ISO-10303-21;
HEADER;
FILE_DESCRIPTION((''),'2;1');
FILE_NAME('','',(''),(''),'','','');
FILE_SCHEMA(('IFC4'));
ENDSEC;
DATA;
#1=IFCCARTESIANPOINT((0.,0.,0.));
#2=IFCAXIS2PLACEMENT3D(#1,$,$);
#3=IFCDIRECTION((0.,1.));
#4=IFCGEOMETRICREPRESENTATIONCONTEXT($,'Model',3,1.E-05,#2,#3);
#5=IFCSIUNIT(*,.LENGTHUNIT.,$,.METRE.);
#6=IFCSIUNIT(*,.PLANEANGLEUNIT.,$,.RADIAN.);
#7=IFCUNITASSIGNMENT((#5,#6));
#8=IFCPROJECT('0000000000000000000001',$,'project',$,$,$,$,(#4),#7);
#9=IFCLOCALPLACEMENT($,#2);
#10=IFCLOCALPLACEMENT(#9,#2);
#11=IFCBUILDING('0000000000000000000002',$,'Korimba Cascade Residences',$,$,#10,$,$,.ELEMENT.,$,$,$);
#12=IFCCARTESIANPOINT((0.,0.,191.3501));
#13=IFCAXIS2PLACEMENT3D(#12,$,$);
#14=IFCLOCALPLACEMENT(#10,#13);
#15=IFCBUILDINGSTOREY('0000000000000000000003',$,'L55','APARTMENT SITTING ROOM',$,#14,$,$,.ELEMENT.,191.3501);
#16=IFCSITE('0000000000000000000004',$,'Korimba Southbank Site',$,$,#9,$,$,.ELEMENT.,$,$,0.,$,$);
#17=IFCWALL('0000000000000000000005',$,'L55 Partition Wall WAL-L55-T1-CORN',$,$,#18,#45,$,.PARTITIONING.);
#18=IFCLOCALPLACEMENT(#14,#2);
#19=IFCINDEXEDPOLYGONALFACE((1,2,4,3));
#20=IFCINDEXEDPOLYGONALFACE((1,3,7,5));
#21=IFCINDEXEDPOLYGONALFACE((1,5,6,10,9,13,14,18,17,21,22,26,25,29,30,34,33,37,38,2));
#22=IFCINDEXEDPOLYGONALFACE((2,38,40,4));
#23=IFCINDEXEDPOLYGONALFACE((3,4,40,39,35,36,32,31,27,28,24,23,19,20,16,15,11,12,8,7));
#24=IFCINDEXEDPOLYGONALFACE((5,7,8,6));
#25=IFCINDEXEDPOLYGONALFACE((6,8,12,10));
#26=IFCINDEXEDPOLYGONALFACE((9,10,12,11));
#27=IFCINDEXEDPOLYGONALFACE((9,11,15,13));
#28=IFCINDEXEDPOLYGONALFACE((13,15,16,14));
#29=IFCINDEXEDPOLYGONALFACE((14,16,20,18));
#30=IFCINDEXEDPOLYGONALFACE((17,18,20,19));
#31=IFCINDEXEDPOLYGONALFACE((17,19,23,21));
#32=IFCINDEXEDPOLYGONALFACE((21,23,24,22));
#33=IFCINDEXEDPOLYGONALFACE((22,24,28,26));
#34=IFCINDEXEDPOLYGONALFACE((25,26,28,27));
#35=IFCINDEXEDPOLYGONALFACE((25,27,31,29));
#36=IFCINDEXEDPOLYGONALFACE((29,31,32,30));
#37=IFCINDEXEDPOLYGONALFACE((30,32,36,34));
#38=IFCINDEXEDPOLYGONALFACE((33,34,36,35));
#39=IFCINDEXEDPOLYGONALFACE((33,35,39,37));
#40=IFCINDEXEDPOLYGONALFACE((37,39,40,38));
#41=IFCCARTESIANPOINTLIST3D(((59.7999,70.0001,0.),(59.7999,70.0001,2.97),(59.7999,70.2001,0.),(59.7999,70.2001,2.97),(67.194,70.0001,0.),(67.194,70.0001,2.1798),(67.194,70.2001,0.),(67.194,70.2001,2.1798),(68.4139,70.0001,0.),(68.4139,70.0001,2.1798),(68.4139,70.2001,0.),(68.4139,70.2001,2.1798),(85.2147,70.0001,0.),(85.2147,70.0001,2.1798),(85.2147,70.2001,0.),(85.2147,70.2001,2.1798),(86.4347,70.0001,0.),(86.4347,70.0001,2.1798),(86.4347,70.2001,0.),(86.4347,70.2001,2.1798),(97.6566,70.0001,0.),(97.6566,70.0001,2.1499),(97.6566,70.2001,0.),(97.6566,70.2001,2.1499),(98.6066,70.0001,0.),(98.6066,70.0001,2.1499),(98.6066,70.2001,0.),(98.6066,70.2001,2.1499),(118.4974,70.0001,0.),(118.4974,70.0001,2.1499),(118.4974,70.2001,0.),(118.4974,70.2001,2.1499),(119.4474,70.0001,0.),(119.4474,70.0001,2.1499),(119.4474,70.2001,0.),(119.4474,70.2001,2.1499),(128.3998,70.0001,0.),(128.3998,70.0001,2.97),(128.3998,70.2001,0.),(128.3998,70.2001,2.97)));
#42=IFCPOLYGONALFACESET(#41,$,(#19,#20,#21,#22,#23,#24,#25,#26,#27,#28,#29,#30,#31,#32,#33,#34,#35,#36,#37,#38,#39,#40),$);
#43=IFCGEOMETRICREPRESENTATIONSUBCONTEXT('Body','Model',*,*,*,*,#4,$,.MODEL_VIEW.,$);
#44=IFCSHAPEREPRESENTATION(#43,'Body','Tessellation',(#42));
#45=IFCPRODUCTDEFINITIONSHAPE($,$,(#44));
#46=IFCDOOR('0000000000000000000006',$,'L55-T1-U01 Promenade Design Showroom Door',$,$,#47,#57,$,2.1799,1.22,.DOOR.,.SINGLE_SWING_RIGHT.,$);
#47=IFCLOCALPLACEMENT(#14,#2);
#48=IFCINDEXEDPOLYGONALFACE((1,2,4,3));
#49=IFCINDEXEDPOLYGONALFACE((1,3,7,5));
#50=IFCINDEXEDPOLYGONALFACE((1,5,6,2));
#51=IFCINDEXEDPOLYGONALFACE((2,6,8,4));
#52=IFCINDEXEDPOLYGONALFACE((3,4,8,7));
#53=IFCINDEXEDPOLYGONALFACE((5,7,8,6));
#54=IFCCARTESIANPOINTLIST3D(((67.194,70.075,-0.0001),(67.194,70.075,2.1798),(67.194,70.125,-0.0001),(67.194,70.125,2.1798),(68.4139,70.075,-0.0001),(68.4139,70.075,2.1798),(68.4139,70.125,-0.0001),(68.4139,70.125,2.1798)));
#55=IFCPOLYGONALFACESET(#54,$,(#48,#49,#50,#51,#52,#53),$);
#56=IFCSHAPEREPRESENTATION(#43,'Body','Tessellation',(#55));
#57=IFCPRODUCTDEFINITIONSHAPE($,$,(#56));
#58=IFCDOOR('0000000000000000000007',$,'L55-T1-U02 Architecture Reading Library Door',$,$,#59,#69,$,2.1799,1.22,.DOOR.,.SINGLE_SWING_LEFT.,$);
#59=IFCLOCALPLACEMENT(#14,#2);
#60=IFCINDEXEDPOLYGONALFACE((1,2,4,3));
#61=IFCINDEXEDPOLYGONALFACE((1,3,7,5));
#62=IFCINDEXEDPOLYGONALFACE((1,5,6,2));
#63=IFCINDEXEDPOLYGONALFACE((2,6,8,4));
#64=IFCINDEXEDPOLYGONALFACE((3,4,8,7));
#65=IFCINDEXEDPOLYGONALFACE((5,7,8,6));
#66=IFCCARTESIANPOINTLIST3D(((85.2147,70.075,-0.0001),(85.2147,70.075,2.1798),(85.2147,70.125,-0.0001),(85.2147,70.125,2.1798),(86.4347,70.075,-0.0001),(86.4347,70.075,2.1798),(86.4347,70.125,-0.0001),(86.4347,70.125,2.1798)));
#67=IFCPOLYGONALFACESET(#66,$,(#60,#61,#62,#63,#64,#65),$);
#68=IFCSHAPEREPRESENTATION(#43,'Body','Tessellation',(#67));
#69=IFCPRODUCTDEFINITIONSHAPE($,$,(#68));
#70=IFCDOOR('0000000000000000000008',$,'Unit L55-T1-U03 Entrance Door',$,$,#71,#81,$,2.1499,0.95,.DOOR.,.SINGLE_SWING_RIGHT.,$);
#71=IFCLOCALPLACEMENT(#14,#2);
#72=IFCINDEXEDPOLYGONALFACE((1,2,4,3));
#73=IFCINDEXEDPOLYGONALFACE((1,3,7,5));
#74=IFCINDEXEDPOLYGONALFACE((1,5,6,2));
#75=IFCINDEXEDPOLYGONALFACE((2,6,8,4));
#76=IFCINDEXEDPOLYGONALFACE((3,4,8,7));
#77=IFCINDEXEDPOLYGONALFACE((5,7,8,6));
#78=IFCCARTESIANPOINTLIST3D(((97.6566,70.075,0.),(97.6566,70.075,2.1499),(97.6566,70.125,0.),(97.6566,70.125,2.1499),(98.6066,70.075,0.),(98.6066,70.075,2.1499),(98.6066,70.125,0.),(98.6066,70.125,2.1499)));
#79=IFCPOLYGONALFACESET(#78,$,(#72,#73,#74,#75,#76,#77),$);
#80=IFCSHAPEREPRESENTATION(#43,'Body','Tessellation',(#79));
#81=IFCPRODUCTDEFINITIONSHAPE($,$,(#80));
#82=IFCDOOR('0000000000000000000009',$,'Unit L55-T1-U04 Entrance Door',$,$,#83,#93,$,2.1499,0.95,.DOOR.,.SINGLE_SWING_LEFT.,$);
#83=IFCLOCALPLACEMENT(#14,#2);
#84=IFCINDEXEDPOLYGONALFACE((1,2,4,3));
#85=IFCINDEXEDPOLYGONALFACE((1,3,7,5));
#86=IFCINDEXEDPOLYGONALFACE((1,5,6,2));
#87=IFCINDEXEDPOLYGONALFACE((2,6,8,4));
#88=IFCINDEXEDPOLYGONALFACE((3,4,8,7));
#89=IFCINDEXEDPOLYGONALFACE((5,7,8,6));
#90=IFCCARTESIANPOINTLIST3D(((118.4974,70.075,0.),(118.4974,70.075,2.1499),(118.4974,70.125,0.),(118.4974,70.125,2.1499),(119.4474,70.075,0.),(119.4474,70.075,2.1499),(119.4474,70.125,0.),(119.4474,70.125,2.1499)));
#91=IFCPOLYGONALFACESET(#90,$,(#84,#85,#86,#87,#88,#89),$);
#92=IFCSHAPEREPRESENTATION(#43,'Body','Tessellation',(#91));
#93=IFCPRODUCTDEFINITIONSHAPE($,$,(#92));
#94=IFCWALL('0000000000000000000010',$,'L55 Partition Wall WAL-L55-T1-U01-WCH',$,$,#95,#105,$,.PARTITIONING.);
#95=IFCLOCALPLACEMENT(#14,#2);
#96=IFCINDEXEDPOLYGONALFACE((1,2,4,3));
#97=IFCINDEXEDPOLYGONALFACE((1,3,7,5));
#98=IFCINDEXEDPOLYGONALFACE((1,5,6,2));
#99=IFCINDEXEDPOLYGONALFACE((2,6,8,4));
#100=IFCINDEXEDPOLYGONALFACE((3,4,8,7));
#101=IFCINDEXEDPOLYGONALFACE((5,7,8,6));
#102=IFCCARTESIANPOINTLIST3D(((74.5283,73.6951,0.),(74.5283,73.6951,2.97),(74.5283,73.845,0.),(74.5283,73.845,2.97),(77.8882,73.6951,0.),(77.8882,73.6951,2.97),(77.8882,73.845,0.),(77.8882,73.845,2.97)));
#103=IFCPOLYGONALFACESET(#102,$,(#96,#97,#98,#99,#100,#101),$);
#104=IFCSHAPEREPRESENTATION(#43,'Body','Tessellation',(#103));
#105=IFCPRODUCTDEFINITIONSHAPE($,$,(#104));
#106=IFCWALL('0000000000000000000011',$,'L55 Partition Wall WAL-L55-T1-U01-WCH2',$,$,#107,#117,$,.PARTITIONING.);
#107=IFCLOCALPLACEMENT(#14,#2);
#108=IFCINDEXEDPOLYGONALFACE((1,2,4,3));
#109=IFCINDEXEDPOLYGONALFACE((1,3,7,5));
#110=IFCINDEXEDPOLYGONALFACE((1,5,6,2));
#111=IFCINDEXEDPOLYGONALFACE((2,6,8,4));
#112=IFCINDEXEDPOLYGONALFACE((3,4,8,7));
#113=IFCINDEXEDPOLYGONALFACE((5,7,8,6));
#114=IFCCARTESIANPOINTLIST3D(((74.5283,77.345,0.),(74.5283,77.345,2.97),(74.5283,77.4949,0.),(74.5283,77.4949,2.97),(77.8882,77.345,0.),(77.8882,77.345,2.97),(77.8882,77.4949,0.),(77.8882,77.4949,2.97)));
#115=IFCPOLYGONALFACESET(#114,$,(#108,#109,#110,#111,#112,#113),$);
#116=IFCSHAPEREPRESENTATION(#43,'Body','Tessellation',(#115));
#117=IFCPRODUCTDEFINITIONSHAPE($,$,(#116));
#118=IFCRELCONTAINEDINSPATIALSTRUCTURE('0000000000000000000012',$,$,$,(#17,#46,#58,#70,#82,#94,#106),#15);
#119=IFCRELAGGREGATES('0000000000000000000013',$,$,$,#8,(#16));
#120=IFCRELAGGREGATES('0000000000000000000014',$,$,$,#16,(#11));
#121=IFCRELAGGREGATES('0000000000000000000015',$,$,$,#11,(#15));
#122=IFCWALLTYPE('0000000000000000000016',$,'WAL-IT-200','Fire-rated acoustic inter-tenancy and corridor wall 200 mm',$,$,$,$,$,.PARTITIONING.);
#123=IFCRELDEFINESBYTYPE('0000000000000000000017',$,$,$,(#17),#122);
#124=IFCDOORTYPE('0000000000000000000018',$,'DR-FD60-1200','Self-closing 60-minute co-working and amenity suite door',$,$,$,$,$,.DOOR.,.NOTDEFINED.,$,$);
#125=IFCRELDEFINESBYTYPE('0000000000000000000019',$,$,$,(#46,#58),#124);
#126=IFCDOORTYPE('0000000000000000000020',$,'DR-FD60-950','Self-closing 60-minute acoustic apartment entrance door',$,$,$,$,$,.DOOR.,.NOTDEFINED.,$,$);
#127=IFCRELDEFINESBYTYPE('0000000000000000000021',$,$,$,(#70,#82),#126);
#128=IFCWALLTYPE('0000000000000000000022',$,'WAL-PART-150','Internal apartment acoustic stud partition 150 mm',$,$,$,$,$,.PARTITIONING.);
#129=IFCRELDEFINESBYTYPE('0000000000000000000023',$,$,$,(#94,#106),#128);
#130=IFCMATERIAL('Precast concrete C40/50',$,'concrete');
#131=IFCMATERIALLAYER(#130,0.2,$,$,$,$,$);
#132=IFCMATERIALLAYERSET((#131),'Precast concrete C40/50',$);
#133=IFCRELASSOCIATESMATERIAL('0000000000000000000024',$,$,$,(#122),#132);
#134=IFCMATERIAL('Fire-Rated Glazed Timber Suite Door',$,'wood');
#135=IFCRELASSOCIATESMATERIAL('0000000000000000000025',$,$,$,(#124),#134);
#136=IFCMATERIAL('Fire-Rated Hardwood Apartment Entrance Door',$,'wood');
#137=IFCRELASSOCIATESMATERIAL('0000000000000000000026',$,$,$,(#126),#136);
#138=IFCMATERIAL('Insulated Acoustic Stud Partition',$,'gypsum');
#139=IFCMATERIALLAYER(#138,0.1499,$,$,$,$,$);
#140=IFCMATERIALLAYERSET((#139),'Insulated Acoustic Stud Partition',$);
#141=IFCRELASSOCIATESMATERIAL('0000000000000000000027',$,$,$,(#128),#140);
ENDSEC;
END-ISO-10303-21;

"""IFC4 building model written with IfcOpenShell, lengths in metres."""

from ifc_helpers import new_model, si_unit, direction, frame, frame_2d, origin, place, context, subcontext, project, spatial, rectangle, extrude, material, layer, layer_set, type_object, element, fill, save


model = new_model("IFC4")

# Units and contexts
model_context = context("Model", 3, precision=1e-05, world=origin(), true_north=direction((0.0, 1.0)))
body_context = subcontext(model_context, "Body", "Model", "MODEL_VIEW")
ifc_project = project(units=[si_unit("LENGTHUNIT", "METRE"), si_unit("PLANEANGLEUNIT", "RADIAN")], contexts=[model_context])

# Site, building, storey
site_placement = place(None, origin())
site = spatial("IfcSite", under=ifc_project, at=site_placement, Name="Korimba Southbank Site", CompositionType="ELEMENT", RefElevation=0.0)
building_placement = place(site_placement, origin())
building = spatial("IfcBuilding", under=site, at=building_placement, Name="Korimba Cascade Residences", CompositionType="ELEMENT")
storey_placement = place(building_placement, frame((0.0, 0.0, 191.3501)))
storey = spatial("IfcBuildingStorey", under=building, at=storey_placement, Name="L55", Description="APARTMENT SITTING ROOM", CompositionType="ELEMENT", Elevation=191.3501)

# Shared definitions
ifc_material_1 = material(Name="Precast concrete C40/50", Category="concrete")
ifc_layer_1 = layer(ifc_material_1, 0.2)
ifc_layer_set_1 = layer_set([ifc_layer_1], Name="Precast concrete C40/50")
wall_type_1 = type_object("IfcWallType", Name="WAL-IT-200", Description="Fire-rated acoustic inter-tenancy and corridor wall 200 mm", PredefinedType="PARTITIONING", material=ifc_layer_set_1)

# Wall, openings, doors
wall_1_placement = place(storey_placement, frame((59.8, 70.1001, 0.0), z_axis=(0.0, 0.0, 1.0), x_axis=(1.0, 0.0, 0.0)))
wall_1 = element("IfcWall", 1, at=wall_1_placement, inside=storey, type_object=wall_type_1, Name="L55 Partition Wall WAL-L55-T1-CORN", PredefinedType="PARTITIONING", context=body_context, shape_type="SweptSolid", body=[
    extrude(rectangle(XDim=68.5999, YDim=0.2, at=frame_2d((34.2998, 0.0))), origin(), (0.0, 0.0, 1.0), 2.97),
])
opening_1_placement = place(wall_1_placement, frame((7.394, 0.0, 0.0)))
opening_1 = element("IfcOpeningElement", 2, at=opening_1_placement, cuts=wall_1, PredefinedType="OPENING", context=body_context, shape_type="SweptSolid", body=[
    extrude(rectangle(XDim=1.22, YDim=2.1799, at=frame_2d((0.6099, 1.0898))), frame((0.0, 0.1099, 0.0), z_axis=(0.0, -1.0, 0.0), x_axis=(1.0, 0.0, 0.0)), (0.0, 0.0, 1.0), 0.22),
])
opening_2_placement = place(wall_1_placement, frame((25.4148, 0.0, 0.0)))
opening_2 = element("IfcOpeningElement", 3, at=opening_2_placement, cuts=wall_1, PredefinedType="OPENING", context=body_context, shape_type="SweptSolid", body=[
    extrude(rectangle(XDim=1.22, YDim=2.1799, at=frame_2d((0.6099, 1.0898))), frame((0.0, 0.1099, 0.0), z_axis=(0.0, -1.0, 0.0), x_axis=(1.0, 0.0, 0.0)), (0.0, 0.0, 1.0), 0.22),
])
opening_3_placement = place(wall_1_placement, frame((37.8564, 0.0, 0.0)))
opening_3 = element("IfcOpeningElement", 4, at=opening_3_placement, cuts=wall_1, PredefinedType="OPENING", context=body_context, shape_type="SweptSolid", body=[
    extrude(rectangle(XDim=0.95, YDim=2.1499, at=frame_2d((0.4751, 1.075))), frame((0.0, 0.1099, 0.0), z_axis=(0.0, -1.0, 0.0), x_axis=(1.0, 0.0, 0.0)), (0.0, 0.0, 1.0), 0.22),
])
opening_4_placement = place(wall_1_placement, frame((58.6973, 0.0, 0.0)))
opening_4 = element("IfcOpeningElement", 5, at=opening_4_placement, cuts=wall_1, PredefinedType="OPENING", context=body_context, shape_type="SweptSolid", body=[
    extrude(rectangle(XDim=0.95, YDim=2.1499, at=frame_2d((0.4751, 1.075))), frame((0.0, 0.1099, 0.0), z_axis=(0.0, -1.0, 0.0), x_axis=(1.0, 0.0, 0.0)), (0.0, 0.0, 1.0), 0.22),
])
ifc_material_2 = material(Name="Fire-Rated Glazed Timber Suite Door", Category="wood")
door_type_1 = type_object("IfcDoorType", Name="DR-FD60-1200", Description="Self-closing 60-minute co-working and amenity suite door", OperationType="NOTDEFINED", PredefinedType="DOOR", material=ifc_material_2)
door_1_placement = place(opening_1_placement, origin())
door_1 = element("IfcDoor", 6, at=door_1_placement, inside=storey, type_object=door_type_1, Name="L55-T1-U01 Promenade Design Showroom Door", OperationType="SINGLE_SWING_RIGHT", OverallHeight=2.1799, OverallWidth=1.22, PredefinedType="DOOR", context=body_context, shape_type="SweptSolid", body=[
    extrude(rectangle(XDim=1.22, YDim=2.1799, at=frame_2d((0.6099, 1.0898))), frame((0.0, 0.0249, 0.0), z_axis=(0.0, -1.0, 0.0), x_axis=(1.0, 0.0, 0.0)), (0.0, 0.0, 1.0), 0.05),
])
fill(opening_1, door_1)
door_2_placement = place(opening_2_placement, origin())
door_2 = element("IfcDoor", 7, at=door_2_placement, inside=storey, type_object=door_type_1, Name="L55-T1-U02 Architecture Reading Library Door", OperationType="SINGLE_SWING_LEFT", OverallHeight=2.1799, OverallWidth=1.22, PredefinedType="DOOR", context=body_context, shape_type="SweptSolid", body=[
    extrude(rectangle(XDim=1.22, YDim=2.1799, at=frame_2d((0.6099, 1.0898))), frame((0.0, 0.0249, 0.0), z_axis=(0.0, -1.0, 0.0), x_axis=(1.0, 0.0, 0.0)), (0.0, 0.0, 1.0), 0.05),
])
fill(opening_2, door_2)
ifc_material_3 = material(Name="Fire-Rated Hardwood Apartment Entrance Door", Category="wood")
door_type_2 = type_object("IfcDoorType", Name="DR-FD60-950", Description="Self-closing 60-minute acoustic apartment entrance door", OperationType="NOTDEFINED", PredefinedType="DOOR", material=ifc_material_3)
door_3_placement = place(opening_3_placement, origin())
door_3 = element("IfcDoor", 8, at=door_3_placement, inside=storey, type_object=door_type_2, Name="Unit L55-T1-U03 Entrance Door", OperationType="SINGLE_SWING_RIGHT", OverallHeight=2.1499, OverallWidth=0.95, PredefinedType="DOOR", context=body_context, shape_type="SweptSolid", body=[
    extrude(rectangle(XDim=0.95, YDim=2.1499, at=frame_2d((0.4751, 1.075))), frame((0.0, 0.0249, 0.0), z_axis=(0.0, -1.0, 0.0), x_axis=(1.0, 0.0, 0.0)), (0.0, 0.0, 1.0), 0.05),
])
fill(opening_3, door_3)
door_4_placement = place(opening_4_placement, origin())
door_4 = element("IfcDoor", 9, at=door_4_placement, inside=storey, type_object=door_type_2, Name="Unit L55-T1-U04 Entrance Door", OperationType="SINGLE_SWING_LEFT", OverallHeight=2.1499, OverallWidth=0.95, PredefinedType="DOOR", context=body_context, shape_type="SweptSolid", body=[
    extrude(rectangle(XDim=0.95, YDim=2.1499, at=frame_2d((0.4751, 1.075))), frame((0.0, 0.0249, 0.0), z_axis=(0.0, -1.0, 0.0), x_axis=(1.0, 0.0, 0.0)), (0.0, 0.0, 1.0), 0.05),
])
fill(opening_4, door_4)

# Walls
ifc_material_4 = material(Name="Insulated Acoustic Stud Partition", Category="gypsum")
ifc_layer_2 = layer(ifc_material_4, 0.1499)
ifc_layer_set_2 = layer_set([ifc_layer_2], Name="Insulated Acoustic Stud Partition")
wall_type_2 = type_object("IfcWallType", Name="WAL-PART-150", Description="Internal apartment acoustic stud partition 150 mm", PredefinedType="PARTITIONING", material=ifc_layer_set_2)
for number, where, z_axis, x_axis, name in (
    (10, (74.5283, 73.77, 0.0), (0.0, 0.0, 1.0), (1.0, 0.0, 0.0), "L55 Partition Wall WAL-L55-T1-U01-WCH"),
    (11, (74.5283, 77.4199, 0.0), (0.0, 0.0, 1.0), (1.0, 0.0, 0.0), "L55 Partition Wall WAL-L55-T1-U01-WCH2"),
):
    element("IfcWall", number, at=place(storey_placement, frame(where, z_axis=z_axis, x_axis=x_axis)), inside=storey, type_object=wall_type_2, Name=name, PredefinedType="PARTITIONING", context=body_context, shape_type="SweptSolid", body=[
        extrude(rectangle(XDim=3.3599, YDim=0.1499, at=frame_2d((1.6799, 0.0))), origin(), (0.0, 0.0, 1.0), 2.97),
    ])

save(model, "model.ifc")
